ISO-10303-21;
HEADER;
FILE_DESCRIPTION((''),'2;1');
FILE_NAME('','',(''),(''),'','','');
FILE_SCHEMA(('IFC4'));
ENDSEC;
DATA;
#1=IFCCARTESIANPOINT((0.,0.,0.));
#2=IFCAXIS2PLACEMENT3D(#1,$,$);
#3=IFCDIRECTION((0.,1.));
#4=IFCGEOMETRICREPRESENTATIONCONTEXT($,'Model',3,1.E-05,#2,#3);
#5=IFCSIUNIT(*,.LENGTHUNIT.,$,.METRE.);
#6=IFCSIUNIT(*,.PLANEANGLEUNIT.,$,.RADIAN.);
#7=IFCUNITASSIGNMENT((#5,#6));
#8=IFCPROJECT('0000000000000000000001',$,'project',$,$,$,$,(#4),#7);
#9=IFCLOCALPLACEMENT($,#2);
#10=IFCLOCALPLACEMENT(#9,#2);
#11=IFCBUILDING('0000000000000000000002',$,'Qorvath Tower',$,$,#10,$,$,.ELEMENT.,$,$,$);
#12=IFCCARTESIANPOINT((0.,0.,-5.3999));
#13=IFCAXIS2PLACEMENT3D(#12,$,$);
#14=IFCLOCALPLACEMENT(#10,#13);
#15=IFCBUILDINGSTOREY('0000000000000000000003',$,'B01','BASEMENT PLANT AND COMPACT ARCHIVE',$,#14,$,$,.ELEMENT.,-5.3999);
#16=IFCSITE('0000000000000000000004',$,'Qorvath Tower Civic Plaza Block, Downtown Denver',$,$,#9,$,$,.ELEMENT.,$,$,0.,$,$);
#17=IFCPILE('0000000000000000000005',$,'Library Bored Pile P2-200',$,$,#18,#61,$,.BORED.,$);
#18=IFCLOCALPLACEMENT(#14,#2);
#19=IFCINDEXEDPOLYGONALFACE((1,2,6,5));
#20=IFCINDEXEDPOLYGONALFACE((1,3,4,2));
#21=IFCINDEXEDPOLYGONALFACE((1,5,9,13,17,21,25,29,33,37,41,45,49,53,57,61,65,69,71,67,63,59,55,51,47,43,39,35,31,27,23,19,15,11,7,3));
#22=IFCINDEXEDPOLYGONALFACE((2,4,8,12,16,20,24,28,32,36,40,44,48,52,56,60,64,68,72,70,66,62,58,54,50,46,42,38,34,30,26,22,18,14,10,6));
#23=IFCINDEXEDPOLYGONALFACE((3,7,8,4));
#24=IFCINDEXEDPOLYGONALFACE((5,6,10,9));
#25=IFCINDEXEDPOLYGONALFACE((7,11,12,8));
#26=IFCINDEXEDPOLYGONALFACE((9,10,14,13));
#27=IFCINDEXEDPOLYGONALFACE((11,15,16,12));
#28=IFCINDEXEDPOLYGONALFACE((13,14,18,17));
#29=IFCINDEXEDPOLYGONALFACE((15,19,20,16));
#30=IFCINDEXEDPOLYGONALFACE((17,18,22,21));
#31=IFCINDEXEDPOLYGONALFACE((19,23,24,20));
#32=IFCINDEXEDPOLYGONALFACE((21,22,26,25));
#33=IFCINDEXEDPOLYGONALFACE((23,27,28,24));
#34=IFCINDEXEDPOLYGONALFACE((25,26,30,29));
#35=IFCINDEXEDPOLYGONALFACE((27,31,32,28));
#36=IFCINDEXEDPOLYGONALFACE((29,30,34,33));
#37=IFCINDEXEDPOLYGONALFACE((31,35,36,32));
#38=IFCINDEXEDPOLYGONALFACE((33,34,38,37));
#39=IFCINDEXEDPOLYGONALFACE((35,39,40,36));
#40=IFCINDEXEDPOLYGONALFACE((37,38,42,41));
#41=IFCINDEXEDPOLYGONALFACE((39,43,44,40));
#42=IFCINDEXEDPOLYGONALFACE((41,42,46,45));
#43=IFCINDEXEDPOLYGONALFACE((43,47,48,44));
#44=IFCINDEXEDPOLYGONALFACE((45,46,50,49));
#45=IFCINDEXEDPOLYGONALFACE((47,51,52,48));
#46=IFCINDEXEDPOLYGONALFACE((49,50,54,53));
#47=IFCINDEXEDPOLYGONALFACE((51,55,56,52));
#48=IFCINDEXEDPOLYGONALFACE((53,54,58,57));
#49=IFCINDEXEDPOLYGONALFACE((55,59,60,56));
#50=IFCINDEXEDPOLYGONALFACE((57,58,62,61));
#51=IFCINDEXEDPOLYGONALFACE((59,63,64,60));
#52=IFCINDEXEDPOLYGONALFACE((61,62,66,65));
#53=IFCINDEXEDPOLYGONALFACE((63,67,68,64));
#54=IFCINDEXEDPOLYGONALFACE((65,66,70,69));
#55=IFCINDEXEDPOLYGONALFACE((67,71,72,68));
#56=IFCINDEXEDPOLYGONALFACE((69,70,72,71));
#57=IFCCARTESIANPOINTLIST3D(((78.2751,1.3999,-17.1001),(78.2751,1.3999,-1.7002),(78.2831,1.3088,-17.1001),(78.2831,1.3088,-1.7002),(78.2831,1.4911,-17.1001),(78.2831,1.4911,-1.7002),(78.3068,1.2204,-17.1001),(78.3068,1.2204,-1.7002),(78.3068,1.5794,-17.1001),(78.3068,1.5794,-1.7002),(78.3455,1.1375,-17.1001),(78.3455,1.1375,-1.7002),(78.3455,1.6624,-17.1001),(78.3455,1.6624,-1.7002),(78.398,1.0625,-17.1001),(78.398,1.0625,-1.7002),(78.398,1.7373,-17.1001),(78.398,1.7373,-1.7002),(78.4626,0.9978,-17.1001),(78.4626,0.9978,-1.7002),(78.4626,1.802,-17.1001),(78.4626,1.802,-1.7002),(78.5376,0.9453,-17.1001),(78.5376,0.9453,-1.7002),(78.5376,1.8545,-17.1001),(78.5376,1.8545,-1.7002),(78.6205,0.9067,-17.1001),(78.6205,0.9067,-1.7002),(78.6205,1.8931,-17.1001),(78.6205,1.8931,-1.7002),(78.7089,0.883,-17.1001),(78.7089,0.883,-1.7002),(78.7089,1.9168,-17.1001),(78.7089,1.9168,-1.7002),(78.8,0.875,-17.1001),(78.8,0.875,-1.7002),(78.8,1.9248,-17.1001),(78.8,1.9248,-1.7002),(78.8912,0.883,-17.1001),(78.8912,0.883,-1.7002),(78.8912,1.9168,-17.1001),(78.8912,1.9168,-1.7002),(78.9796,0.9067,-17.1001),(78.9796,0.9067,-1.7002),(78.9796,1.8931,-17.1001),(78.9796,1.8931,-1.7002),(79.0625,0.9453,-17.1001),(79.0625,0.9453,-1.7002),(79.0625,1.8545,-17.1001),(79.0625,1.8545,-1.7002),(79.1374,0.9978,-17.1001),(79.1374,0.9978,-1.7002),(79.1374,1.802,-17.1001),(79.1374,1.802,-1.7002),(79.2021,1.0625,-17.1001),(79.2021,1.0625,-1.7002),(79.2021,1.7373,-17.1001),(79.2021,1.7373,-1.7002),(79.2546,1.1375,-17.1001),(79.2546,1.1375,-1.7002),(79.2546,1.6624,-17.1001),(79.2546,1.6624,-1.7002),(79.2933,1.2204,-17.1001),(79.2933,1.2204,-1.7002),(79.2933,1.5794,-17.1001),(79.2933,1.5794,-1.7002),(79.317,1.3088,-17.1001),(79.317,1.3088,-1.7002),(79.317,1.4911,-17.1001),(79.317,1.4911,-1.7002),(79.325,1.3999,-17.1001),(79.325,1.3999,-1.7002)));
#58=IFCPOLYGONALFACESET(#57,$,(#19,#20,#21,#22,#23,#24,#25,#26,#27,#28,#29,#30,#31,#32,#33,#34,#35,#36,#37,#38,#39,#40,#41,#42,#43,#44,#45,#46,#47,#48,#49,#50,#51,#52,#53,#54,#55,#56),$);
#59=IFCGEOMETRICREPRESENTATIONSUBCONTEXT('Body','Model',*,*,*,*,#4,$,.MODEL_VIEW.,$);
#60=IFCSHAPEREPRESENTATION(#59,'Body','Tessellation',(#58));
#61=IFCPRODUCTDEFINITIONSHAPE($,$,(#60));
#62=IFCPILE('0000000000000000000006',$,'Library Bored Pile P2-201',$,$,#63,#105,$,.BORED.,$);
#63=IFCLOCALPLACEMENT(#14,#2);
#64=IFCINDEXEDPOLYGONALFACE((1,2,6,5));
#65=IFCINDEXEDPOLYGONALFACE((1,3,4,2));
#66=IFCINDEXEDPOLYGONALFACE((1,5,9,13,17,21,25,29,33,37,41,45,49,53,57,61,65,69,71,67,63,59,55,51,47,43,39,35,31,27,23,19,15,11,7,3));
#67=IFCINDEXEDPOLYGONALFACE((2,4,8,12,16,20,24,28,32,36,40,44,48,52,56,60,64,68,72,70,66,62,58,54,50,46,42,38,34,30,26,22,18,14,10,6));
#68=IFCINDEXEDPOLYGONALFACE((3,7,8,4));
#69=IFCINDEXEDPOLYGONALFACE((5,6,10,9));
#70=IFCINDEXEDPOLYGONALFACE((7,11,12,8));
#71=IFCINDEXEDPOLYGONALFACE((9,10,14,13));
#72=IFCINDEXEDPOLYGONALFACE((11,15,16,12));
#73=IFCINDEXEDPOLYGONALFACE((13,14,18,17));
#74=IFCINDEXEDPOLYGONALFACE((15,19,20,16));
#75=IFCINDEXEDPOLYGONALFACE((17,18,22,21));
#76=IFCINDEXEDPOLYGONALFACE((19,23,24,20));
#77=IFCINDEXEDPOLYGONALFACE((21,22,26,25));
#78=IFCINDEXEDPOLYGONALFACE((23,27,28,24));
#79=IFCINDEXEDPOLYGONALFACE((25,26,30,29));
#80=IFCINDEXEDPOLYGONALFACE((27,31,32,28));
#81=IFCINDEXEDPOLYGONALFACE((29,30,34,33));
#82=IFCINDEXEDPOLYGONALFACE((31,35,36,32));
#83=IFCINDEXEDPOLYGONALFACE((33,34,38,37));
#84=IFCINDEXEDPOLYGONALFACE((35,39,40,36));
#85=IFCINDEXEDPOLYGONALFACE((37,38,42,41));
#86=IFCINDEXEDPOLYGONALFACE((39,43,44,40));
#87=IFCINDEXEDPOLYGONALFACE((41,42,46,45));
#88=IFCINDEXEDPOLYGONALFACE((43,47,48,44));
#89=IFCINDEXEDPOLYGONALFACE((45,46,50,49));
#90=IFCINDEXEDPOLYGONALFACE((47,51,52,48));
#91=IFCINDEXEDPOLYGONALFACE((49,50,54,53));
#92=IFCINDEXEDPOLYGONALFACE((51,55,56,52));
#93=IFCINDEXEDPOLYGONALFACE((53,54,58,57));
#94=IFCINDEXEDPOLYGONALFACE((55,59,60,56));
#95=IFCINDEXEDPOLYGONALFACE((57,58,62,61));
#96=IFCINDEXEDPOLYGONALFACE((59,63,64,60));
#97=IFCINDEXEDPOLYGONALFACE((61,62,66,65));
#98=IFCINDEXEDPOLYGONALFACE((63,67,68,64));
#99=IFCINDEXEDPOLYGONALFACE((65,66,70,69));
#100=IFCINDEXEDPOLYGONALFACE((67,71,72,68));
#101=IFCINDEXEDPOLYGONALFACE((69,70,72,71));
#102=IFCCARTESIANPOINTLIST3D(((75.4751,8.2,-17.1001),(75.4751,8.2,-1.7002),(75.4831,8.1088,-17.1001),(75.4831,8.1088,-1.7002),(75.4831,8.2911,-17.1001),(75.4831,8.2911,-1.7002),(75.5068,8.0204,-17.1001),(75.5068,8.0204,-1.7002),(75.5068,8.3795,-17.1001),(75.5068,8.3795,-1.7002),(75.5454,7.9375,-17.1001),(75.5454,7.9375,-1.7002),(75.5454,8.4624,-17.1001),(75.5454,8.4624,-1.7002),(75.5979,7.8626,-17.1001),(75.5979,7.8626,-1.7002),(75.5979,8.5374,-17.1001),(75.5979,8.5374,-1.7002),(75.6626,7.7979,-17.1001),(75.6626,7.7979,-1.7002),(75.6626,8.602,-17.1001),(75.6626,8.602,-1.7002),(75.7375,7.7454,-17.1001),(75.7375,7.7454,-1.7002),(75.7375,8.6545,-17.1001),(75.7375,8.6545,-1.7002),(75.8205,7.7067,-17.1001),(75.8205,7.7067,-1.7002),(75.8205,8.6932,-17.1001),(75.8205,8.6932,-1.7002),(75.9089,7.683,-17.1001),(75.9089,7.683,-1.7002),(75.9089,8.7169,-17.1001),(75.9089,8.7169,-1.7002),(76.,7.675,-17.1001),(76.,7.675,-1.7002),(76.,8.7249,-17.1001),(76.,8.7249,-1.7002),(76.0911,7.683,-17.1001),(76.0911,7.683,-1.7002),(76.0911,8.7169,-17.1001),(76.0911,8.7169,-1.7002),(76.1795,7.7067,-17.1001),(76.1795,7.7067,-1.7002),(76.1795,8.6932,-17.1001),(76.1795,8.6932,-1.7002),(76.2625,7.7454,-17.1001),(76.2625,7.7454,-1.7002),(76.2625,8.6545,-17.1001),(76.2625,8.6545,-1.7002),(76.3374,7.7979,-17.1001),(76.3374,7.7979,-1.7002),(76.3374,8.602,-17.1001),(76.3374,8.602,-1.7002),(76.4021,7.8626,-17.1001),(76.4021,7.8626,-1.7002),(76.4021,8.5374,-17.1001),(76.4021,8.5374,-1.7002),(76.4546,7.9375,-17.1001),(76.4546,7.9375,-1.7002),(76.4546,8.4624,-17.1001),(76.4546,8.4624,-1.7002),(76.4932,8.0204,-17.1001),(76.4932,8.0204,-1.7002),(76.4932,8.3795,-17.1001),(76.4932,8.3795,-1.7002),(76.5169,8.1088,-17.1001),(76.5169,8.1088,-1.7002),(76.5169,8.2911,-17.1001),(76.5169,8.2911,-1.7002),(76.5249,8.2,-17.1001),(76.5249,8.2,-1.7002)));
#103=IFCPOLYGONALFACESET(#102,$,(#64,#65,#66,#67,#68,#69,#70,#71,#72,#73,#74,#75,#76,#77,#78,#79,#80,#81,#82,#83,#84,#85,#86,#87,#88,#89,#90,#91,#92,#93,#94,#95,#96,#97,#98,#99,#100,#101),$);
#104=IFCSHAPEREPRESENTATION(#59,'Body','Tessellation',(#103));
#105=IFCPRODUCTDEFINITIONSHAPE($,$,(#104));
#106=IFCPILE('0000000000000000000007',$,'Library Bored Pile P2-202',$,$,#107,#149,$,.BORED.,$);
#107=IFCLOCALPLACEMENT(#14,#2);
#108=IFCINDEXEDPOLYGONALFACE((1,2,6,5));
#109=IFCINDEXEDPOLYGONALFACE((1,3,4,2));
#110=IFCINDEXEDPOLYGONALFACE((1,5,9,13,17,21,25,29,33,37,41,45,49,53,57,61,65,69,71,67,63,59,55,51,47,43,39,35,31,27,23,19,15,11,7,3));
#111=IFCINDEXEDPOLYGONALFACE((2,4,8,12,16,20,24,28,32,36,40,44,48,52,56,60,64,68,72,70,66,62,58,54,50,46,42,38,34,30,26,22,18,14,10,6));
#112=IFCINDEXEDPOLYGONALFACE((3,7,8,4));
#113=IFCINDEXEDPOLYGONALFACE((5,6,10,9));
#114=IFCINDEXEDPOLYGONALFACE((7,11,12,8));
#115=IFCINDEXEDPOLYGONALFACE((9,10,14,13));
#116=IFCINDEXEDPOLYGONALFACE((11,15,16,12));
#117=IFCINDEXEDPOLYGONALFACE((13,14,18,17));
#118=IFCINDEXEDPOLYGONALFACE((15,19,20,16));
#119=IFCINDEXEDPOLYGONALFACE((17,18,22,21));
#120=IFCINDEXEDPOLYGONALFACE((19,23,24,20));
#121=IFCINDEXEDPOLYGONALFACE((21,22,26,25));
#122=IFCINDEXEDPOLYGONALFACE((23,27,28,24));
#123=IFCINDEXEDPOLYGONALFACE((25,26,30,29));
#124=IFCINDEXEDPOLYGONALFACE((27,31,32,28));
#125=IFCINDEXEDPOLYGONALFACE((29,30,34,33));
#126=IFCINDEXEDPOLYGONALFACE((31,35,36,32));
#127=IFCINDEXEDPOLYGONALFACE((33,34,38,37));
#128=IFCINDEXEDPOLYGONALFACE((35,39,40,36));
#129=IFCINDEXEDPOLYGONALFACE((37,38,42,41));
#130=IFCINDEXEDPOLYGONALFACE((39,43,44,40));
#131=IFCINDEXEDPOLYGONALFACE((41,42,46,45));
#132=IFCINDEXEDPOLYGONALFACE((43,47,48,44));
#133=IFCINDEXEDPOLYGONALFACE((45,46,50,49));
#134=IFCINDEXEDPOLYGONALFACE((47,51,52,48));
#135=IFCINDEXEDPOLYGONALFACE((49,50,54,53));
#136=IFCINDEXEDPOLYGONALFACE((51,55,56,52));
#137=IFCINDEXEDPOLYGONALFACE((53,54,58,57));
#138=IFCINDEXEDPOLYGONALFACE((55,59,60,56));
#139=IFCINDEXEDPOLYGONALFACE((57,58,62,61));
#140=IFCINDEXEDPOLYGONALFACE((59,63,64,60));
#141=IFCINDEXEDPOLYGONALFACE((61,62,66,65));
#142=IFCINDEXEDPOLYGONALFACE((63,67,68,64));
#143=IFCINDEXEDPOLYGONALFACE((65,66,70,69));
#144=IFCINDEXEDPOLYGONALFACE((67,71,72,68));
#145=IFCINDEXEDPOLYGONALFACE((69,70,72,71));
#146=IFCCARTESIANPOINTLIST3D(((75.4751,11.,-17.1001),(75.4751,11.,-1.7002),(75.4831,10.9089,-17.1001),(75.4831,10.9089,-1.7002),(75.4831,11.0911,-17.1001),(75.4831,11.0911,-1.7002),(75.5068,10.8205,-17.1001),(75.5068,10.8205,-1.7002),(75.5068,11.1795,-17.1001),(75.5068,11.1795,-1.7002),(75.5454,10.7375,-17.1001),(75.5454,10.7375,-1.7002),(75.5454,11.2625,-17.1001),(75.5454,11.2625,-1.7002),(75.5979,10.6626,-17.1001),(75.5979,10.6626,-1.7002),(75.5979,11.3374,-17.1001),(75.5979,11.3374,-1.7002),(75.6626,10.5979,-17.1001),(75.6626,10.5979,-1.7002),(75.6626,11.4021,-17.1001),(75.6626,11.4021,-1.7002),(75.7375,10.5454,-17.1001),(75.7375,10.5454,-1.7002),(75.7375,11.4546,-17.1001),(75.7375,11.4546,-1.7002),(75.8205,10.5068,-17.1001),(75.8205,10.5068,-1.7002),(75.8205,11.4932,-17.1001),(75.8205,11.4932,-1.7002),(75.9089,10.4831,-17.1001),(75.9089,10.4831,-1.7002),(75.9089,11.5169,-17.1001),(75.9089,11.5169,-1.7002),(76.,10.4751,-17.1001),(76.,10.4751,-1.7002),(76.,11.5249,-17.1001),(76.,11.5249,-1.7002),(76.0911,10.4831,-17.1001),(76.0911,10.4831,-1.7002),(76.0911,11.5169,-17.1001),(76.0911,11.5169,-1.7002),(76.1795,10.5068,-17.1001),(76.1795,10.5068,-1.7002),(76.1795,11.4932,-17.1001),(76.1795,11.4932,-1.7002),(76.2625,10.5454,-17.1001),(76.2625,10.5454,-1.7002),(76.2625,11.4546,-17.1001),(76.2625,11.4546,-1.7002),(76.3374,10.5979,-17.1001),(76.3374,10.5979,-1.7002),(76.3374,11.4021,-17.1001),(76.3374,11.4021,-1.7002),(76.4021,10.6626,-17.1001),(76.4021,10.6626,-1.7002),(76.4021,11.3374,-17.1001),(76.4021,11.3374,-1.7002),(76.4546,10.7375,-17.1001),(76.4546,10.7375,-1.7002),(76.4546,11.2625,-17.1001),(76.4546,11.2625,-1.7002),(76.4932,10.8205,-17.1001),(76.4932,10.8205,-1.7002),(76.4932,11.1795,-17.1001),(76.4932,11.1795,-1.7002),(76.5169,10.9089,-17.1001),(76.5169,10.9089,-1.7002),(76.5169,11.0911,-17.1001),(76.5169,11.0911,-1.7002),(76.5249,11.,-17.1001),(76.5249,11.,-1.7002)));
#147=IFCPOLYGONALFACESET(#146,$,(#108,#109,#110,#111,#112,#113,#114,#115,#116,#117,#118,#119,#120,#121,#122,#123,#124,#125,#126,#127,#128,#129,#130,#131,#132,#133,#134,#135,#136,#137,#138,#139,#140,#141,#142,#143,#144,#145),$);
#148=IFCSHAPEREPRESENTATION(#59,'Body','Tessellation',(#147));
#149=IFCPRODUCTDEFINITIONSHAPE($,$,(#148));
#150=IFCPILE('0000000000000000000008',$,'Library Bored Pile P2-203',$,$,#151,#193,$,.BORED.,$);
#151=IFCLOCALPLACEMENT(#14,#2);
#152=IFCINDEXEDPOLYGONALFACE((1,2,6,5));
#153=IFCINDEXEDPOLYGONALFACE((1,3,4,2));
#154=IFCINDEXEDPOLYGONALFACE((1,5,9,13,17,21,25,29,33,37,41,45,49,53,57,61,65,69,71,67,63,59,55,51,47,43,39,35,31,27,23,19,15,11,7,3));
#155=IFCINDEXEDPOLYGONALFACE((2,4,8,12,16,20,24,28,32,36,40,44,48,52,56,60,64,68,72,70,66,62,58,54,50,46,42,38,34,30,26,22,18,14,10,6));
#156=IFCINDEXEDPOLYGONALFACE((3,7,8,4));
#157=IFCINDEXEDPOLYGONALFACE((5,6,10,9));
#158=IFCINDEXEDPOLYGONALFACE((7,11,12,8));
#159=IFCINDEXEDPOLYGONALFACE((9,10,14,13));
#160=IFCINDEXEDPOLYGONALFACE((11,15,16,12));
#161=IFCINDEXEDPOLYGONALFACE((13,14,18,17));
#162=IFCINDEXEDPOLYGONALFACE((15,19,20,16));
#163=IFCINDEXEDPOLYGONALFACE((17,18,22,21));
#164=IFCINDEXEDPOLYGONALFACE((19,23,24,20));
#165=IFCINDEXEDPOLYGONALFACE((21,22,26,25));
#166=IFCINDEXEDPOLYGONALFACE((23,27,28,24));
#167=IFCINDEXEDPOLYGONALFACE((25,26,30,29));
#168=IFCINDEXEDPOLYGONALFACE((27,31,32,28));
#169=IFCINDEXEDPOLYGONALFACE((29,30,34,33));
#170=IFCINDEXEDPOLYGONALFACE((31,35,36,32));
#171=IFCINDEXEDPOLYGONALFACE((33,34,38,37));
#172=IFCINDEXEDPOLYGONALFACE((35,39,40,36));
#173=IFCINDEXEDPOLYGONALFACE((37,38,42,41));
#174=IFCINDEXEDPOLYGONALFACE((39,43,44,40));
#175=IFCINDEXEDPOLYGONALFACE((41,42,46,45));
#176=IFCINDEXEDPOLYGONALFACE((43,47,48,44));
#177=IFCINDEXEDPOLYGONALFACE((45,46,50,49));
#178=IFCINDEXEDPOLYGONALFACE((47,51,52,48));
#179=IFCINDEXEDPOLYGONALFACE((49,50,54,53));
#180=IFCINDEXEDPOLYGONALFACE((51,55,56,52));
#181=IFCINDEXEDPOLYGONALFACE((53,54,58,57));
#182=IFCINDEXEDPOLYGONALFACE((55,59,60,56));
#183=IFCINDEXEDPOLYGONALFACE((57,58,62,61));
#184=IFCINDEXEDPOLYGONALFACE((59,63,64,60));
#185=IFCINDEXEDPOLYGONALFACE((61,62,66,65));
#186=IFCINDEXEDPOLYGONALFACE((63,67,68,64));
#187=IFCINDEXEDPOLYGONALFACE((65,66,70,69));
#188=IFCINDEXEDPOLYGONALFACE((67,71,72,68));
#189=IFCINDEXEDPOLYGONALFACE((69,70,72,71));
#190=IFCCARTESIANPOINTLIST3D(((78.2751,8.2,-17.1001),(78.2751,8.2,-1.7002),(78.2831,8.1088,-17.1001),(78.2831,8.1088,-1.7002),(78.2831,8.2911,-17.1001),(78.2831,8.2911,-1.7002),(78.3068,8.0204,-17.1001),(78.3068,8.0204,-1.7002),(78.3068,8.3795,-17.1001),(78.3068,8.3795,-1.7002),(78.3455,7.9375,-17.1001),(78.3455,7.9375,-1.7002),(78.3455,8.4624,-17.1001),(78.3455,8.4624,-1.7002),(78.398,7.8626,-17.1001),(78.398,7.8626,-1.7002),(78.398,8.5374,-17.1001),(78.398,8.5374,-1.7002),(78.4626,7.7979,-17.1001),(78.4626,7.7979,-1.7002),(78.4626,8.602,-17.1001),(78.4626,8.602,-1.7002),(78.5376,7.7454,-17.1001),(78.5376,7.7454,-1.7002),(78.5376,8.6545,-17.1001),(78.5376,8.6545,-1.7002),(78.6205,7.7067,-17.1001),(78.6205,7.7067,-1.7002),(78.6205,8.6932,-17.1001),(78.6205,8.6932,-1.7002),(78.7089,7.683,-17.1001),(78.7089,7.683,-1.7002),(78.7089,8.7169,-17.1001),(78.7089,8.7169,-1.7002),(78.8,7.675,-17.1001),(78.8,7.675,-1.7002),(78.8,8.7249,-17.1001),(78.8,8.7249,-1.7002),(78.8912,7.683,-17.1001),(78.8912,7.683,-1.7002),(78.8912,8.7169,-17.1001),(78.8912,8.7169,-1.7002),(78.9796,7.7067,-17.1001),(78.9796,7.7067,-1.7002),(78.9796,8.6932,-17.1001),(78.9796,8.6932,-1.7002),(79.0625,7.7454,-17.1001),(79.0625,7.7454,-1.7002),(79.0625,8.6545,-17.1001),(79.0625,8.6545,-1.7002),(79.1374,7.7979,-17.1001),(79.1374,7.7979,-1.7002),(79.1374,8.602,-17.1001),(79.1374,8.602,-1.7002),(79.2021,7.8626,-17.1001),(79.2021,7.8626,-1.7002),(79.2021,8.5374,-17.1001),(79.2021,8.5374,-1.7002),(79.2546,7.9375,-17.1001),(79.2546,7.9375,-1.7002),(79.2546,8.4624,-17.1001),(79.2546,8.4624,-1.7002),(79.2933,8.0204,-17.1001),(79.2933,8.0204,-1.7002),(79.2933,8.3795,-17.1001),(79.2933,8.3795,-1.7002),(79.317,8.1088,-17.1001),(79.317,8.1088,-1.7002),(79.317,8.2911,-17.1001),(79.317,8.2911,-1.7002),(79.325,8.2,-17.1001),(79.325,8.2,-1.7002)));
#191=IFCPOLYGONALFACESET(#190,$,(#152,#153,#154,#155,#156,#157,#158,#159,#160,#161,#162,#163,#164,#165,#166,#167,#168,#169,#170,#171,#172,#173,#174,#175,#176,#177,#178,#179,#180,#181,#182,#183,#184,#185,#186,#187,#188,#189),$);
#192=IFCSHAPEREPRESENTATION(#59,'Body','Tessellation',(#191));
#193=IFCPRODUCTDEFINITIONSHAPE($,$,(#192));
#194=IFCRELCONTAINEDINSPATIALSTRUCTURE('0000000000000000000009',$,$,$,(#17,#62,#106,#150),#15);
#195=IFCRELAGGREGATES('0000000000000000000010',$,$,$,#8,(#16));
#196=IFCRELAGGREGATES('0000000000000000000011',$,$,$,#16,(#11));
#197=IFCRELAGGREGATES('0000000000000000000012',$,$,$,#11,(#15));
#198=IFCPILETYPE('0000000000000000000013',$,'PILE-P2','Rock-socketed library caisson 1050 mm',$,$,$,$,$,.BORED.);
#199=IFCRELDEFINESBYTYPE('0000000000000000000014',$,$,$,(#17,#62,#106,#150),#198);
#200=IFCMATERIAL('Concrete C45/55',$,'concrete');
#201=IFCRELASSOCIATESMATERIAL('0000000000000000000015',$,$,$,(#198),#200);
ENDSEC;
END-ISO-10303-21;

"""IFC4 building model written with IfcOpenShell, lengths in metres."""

from ifc_helpers import new_model, si_unit, direction, frame, origin, origin_2d, place, context, subcontext, project, spatial, circle, extrude, material, material_profile, profile_set, type_object, element, save


model = new_model("IFC4")

# Units and contexts
model_context = context("Model", 3, precision=1e-05, world=origin(), true_north=direction((0.0, 1.0)))
body_context = subcontext(model_context, "Body", "Model", "MODEL_VIEW")
ifc_project = project(units=[si_unit("LENGTHUNIT", "METRE"), si_unit("PLANEANGLEUNIT", "RADIAN")], contexts=[model_context])

# Site, building, storey
site_placement = place(None, origin())
site = spatial("IfcSite", under=ifc_project, at=site_placement, Name="Qorvath Tower Civic Plaza Block, Downtown Denver", CompositionType="ELEMENT", RefElevation=0.0)
building_placement = place(site_placement, origin())
building = spatial("IfcBuilding", under=site, at=building_placement, Name="Qorvath Tower", CompositionType="ELEMENT")
storey_placement = place(building_placement, frame((0.0, 0.0, -5.3999)))
storey = spatial("IfcBuildingStorey", under=building, at=storey_placement, Name="B01", Description="BASEMENT PLANT AND COMPACT ARCHIVE", CompositionType="ELEMENT", Elevation=-5.3999)

# Piles
ifc_material_1 = material(Name="Concrete C45/55", Category="concrete")
ifc_material_profile_1 = material_profile(ifc_material_1, circle(Radius=0.5249, at=origin_2d()), Name="BORED PILE 1050")
ifc_profile_set_1 = profile_set([ifc_material_profile_1], Name="Concrete C45/55")
pile_type = type_object("IfcPileType", Name="PILE-P2", Description="Rock-socketed library caisson 1050 mm", PredefinedType="BORED", material=ifc_profile_set_1)
for number, where, z_axis, x_axis, name in (
    (1, (78.8, 1.3999, -1.7002), (0.0, 0.0, -1.0), (1.0, 0.0, 0.0), "Library Bored Pile P2-200"),
    (2, (76.0, 8.2, -1.7002), (0.0, 0.0, -1.0), (1.0, 0.0, 0.0), "Library Bored Pile P2-201"),
    (3, (76.0, 11.0, -1.7002), (0.0, 0.0, -1.0), (1.0, 0.0, 0.0), "Library Bored Pile P2-202"),
    (4, (78.8, 8.2, -1.7002), (0.0, 0.0, -1.0), (1.0, 0.0, 0.0), "Library Bored Pile P2-203"),
):
    element("IfcPile", number, at=place(storey_placement, frame(where, z_axis=z_axis, x_axis=x_axis)), inside=storey, type_object=pile_type, Name=name, PredefinedType="BORED", context=body_context, shape_type="SweptSolid", body=[
        extrude(circle(Radius=0.5249, at=origin_2d()), origin(), (0.0, 0.0, 1.0), 15.3999),
    ])

save(model, "model.ifc")
